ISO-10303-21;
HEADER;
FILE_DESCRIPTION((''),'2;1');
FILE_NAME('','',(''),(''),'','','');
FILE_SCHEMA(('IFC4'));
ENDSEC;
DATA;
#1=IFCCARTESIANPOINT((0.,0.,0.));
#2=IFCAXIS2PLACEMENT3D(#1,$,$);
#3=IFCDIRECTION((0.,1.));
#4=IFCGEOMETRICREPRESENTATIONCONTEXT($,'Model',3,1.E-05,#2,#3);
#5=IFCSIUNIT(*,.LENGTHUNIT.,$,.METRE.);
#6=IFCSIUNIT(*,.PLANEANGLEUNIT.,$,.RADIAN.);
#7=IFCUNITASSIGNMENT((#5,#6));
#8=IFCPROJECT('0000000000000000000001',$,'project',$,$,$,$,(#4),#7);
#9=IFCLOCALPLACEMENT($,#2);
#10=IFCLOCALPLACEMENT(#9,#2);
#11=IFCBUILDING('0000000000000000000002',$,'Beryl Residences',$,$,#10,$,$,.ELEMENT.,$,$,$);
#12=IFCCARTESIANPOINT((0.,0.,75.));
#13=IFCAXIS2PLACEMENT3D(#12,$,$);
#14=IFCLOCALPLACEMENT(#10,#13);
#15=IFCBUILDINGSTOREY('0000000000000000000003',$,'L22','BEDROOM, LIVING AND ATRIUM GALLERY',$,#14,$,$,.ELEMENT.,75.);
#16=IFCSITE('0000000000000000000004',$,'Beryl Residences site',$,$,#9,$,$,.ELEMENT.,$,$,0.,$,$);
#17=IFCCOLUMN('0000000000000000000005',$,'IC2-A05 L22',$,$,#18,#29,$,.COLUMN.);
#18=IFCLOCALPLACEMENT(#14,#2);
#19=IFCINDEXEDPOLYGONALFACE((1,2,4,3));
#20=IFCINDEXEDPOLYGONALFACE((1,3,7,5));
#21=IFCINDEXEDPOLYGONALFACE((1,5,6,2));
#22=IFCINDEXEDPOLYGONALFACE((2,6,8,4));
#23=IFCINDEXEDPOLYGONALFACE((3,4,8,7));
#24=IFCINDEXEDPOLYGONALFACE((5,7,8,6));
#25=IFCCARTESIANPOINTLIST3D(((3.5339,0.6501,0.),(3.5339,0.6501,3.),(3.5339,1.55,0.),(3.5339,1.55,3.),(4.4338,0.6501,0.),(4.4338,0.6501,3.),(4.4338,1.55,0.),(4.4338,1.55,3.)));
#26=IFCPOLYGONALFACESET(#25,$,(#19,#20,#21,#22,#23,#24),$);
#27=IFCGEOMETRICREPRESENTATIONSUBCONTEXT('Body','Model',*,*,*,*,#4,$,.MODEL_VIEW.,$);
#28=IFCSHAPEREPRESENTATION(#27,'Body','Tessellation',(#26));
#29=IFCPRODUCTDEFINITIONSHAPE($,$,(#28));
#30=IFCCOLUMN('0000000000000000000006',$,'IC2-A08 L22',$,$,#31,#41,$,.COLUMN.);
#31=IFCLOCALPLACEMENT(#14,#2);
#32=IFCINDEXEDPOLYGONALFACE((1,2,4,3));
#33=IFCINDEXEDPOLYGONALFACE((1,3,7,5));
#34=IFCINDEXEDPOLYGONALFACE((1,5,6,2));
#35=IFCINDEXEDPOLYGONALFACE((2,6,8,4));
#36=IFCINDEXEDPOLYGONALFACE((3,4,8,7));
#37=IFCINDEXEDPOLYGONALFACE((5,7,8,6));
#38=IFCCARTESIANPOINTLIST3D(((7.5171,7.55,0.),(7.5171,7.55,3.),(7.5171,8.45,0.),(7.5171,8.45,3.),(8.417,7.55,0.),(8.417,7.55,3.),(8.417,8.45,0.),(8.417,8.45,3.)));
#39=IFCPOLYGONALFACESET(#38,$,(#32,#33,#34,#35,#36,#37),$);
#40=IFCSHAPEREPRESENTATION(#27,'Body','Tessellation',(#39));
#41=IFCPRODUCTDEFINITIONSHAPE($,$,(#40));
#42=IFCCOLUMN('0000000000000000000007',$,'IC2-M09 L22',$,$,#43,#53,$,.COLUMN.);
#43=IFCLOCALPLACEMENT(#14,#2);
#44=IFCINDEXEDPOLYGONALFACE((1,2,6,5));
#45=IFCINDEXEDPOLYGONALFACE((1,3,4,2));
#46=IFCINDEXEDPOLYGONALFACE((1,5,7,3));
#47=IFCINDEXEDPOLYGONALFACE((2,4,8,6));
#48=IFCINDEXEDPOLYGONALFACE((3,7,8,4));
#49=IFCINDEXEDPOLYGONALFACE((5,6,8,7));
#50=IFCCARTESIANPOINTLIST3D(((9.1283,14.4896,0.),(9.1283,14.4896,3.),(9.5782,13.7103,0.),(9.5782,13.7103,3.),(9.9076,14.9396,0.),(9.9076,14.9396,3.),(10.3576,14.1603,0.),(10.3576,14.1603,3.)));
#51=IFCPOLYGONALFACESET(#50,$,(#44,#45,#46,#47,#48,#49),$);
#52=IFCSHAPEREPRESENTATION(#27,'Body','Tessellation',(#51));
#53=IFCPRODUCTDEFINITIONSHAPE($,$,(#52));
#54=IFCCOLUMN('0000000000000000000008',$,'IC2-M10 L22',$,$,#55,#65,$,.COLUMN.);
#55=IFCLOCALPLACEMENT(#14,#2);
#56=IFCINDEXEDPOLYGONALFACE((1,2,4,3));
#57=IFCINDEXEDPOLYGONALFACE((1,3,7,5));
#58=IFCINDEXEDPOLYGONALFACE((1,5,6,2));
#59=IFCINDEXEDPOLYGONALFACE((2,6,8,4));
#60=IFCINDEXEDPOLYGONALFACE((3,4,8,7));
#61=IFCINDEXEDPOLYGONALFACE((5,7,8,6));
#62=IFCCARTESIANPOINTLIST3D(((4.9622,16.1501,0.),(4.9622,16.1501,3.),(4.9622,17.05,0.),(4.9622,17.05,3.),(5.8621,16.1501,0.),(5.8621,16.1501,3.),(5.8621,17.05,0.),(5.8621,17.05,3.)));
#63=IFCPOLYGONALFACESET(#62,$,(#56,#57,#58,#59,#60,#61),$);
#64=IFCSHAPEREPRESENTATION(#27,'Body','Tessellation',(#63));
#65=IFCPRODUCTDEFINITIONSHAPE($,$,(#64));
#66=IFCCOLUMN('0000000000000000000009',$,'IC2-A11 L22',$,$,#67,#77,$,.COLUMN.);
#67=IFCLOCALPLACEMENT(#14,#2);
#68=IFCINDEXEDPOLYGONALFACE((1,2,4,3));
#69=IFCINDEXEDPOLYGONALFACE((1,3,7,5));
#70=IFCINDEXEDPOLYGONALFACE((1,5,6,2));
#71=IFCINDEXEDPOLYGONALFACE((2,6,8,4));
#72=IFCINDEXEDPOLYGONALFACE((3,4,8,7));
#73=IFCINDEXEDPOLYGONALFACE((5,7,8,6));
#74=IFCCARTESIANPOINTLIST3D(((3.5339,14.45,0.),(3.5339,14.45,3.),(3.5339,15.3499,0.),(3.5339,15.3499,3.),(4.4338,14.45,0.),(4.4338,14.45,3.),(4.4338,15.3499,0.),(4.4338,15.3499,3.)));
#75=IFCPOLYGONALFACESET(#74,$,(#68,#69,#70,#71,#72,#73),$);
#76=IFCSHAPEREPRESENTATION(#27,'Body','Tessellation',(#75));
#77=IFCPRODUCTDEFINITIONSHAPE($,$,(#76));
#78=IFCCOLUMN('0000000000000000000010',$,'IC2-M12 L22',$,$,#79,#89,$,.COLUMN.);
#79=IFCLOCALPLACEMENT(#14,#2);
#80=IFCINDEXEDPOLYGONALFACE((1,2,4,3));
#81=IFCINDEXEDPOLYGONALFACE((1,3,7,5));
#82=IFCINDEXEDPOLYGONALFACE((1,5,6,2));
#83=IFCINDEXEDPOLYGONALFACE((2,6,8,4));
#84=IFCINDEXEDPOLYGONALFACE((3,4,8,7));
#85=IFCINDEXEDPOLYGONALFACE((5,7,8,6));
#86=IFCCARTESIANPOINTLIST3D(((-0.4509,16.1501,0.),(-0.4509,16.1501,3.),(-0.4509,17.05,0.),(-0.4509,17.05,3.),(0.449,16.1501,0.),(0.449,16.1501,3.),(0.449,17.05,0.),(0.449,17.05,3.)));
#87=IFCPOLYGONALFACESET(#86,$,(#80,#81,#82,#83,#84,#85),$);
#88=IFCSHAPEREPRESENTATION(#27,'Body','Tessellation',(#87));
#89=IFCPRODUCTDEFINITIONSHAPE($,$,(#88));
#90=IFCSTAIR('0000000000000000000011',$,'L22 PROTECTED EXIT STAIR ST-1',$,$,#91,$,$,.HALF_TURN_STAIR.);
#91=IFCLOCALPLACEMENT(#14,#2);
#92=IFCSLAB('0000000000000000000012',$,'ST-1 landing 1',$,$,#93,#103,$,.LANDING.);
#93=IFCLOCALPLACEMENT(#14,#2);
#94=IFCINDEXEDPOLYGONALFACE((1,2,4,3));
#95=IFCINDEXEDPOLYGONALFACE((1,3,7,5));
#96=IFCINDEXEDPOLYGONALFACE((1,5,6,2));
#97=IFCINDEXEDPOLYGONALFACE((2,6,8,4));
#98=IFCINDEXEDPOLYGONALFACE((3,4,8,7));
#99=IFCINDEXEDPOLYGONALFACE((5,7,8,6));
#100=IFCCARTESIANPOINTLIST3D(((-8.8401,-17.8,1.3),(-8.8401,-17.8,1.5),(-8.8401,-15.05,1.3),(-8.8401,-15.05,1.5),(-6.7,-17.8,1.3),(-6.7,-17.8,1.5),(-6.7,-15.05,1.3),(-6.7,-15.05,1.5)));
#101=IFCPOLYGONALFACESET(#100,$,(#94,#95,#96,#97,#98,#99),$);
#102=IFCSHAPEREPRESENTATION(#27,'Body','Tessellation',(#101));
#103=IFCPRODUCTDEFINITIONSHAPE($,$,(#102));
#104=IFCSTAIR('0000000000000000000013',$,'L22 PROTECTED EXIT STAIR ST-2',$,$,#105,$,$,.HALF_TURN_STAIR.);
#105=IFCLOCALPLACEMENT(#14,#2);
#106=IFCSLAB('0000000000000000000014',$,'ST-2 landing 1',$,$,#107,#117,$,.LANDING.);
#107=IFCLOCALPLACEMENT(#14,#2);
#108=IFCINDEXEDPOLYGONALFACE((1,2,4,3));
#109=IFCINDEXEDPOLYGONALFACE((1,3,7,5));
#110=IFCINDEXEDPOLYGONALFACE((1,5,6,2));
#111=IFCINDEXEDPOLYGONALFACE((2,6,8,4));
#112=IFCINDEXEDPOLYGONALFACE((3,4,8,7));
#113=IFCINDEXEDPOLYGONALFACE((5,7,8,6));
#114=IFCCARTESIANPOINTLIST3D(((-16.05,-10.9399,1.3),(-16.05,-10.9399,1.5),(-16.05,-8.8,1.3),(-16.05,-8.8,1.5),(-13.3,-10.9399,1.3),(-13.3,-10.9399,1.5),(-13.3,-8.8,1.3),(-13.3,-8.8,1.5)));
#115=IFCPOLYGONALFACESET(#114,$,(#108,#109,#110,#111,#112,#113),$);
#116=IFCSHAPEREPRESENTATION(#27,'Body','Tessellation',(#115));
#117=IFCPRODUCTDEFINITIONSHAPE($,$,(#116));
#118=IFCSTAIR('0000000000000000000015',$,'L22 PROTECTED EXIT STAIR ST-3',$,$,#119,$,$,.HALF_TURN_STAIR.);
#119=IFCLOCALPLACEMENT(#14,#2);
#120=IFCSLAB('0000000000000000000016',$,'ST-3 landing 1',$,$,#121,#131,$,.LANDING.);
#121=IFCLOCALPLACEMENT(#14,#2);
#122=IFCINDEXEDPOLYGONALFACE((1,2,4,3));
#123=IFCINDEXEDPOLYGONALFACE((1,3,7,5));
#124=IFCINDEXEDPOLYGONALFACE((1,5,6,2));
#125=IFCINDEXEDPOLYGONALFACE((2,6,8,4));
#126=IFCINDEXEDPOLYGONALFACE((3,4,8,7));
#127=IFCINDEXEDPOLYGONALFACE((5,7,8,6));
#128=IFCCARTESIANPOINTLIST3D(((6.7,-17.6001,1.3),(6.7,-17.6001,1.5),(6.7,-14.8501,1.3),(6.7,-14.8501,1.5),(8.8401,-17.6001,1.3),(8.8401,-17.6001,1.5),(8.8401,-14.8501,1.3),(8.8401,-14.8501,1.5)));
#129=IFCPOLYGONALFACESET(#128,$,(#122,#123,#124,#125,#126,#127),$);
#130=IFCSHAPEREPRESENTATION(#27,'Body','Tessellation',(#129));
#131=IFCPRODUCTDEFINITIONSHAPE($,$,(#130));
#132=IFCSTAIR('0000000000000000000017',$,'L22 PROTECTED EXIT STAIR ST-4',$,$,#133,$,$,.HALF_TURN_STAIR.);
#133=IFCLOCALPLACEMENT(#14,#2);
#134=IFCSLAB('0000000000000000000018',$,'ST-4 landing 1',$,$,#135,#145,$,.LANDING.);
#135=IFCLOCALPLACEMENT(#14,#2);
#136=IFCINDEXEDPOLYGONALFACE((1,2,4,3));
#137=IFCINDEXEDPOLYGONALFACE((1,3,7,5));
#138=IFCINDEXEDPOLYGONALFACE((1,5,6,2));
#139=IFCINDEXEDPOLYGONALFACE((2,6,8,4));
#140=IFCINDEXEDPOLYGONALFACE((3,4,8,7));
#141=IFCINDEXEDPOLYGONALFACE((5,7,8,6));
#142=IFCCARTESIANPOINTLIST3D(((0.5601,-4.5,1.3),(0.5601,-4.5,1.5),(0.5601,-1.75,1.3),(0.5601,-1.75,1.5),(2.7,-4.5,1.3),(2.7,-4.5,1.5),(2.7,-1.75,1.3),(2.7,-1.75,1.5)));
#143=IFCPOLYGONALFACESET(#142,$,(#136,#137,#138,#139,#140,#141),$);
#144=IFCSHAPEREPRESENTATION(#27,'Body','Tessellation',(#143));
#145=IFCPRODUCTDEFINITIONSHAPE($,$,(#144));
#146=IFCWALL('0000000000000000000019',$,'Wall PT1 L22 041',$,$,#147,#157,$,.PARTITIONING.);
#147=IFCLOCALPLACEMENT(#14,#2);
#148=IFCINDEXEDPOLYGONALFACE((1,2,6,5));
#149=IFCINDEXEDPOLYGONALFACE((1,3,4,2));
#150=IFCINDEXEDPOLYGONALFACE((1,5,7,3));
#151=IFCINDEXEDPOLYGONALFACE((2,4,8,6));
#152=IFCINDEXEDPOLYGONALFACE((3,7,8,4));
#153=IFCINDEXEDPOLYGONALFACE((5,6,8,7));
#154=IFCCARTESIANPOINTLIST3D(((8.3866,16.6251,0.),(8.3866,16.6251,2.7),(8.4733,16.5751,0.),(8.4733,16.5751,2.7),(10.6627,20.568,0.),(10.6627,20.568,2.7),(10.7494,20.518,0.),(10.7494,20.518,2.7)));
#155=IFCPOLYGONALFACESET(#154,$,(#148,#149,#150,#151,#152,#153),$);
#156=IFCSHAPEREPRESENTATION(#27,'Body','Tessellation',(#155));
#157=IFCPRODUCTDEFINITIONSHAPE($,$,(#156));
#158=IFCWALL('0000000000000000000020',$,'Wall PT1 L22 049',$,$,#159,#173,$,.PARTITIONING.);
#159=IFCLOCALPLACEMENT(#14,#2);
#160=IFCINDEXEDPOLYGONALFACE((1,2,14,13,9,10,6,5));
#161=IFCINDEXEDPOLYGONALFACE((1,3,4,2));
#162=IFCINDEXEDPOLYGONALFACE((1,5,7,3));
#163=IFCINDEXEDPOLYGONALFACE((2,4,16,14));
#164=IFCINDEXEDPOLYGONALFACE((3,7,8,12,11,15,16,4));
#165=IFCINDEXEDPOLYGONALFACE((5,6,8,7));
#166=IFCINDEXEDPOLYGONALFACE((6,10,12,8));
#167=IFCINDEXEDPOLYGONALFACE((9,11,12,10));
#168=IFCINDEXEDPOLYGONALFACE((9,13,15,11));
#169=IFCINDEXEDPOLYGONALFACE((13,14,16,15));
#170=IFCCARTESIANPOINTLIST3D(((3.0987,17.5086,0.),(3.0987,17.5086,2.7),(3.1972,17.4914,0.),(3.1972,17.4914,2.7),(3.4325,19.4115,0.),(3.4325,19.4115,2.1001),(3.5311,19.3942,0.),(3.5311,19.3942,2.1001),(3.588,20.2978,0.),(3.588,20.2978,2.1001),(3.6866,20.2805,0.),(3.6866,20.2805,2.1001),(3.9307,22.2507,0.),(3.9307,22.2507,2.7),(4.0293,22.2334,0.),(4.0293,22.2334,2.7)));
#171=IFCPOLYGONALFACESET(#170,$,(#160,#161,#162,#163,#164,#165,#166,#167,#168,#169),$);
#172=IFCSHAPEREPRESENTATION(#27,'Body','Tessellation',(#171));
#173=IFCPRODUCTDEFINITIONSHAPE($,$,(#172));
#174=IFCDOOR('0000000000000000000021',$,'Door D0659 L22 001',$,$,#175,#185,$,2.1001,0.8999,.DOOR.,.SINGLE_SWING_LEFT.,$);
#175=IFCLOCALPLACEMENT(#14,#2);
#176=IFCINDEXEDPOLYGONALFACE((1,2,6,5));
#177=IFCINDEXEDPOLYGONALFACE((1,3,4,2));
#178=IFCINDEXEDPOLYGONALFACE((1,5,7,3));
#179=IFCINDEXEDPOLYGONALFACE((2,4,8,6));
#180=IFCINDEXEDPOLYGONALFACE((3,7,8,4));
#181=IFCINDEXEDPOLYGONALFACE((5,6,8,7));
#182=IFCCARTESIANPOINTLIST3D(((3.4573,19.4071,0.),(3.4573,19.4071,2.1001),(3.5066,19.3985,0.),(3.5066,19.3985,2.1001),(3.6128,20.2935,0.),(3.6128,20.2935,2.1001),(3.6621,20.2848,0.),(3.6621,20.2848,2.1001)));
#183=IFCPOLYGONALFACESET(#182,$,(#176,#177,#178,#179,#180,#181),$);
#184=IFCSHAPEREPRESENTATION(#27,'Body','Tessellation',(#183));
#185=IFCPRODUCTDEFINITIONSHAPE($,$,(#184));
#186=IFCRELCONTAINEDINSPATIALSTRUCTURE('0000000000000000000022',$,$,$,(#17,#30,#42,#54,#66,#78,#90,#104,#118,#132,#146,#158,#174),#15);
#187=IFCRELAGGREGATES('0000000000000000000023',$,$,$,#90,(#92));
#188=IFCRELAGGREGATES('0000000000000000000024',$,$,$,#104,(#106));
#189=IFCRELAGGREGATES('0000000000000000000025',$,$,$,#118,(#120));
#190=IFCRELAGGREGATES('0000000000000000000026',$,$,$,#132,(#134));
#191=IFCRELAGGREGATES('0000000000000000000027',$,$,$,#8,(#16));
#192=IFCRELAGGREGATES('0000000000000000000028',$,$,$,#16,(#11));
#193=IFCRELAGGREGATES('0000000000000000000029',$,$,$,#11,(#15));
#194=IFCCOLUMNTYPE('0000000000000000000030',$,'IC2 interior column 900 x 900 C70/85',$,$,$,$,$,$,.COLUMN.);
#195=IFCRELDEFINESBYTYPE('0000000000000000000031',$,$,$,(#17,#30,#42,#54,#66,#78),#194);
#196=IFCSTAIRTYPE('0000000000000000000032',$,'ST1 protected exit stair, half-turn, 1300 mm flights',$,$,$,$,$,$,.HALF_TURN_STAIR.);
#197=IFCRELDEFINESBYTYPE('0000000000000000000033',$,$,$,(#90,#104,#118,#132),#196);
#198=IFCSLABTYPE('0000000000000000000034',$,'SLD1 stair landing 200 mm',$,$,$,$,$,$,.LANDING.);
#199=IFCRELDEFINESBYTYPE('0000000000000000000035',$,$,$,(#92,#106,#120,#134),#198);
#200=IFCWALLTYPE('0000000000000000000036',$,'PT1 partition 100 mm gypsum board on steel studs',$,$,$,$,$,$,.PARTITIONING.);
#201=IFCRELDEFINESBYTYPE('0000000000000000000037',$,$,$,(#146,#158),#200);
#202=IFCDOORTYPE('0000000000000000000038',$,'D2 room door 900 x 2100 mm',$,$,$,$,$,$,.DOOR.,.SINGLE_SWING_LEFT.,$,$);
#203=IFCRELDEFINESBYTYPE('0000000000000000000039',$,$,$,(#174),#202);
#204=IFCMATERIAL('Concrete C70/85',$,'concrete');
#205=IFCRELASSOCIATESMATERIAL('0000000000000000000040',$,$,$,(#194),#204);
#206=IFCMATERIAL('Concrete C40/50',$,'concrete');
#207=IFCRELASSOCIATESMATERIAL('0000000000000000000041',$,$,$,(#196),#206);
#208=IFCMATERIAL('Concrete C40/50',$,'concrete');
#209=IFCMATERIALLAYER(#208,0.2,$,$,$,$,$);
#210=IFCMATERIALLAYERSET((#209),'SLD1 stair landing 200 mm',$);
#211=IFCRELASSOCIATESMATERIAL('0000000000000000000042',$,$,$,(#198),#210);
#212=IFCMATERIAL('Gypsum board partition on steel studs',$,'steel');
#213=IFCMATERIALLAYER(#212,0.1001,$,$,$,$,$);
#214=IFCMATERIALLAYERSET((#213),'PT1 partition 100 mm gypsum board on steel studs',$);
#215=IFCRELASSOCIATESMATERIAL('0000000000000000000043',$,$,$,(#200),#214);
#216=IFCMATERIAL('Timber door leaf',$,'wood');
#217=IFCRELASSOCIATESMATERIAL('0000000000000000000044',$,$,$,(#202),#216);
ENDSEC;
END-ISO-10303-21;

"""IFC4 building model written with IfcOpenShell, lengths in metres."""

from ifc_helpers import new_model, si_unit, direction, frame, frame_2d, origin, origin_2d, place, context, subcontext, project, spatial, polyline, rectangle, outline, extrude, material, layer, layer_set, material_profile, profile_set, type_object, element, fill, aggregate, save


model = new_model("IFC4")

# Units and contexts
model_context = context("Model", 3, precision=1e-05, world=origin(), true_north=direction((0.0, 1.0)))
body_context = subcontext(model_context, "Body", "Model", "MODEL_VIEW")
ifc_project = project(units=[si_unit("LENGTHUNIT", "METRE"), si_unit("PLANEANGLEUNIT", "RADIAN")], contexts=[model_context])

# Site, building, storey
site_placement = place(None, origin())
site = spatial("IfcSite", under=ifc_project, at=site_placement, Name="Beryl Residences site", CompositionType="ELEMENT", RefElevation=0.0)
building_placement = place(site_placement, origin())
building = spatial("IfcBuilding", under=site, at=building_placement, Name="Beryl Residences", CompositionType="ELEMENT")
storey_placement = place(building_placement, frame((0.0, 0.0, 75.0)))
storey = spatial("IfcBuildingStorey", under=building, at=storey_placement, Name="L22", Description="BEDROOM, LIVING AND ATRIUM GALLERY", CompositionType="ELEMENT", Elevation=75.0)

# Columns
ifc_material_1 = material(Name="Concrete C70/85", Category="concrete")
ifc_material_profile = material_profile(ifc_material_1, rectangle(XDim=0.8999, YDim=0.8999, at=origin_2d()))
ifc_profile_set = profile_set([ifc_material_profile], Name="Concrete C70/85")
column_type = type_object("IfcColumnType", Name="IC2 interior column 900 x 900 C70/85", PredefinedType="COLUMN", material=ifc_profile_set)
for number, where, z_axis, x_axis, name in (
    (1, (3.9839, 1.1001, 0.0), (0.0, 0.0, 1.0), (1.0, 0.0, 0.0), "IC2-A05 L22"),
    (2, (7.967, 8.0, 0.0), (0.0, 0.0, 1.0), (1.0, 0.0, 0.0), "IC2-A08 L22"),
    (3, (9.7429, 14.325, 0.0), (0.0, 0.0, 1.0), (-0.5, 0.866025, 0.0), "IC2-M09 L22"),
    (4, (5.4121, 16.6001, 0.0), (0.0, 0.0, 1.0), (-1.0, 0.0, 0.0), "IC2-M10 L22"),
    (5, (3.9839, 14.8999, 0.0), (0.0, 0.0, 1.0), (1.0, 0.0, 0.0), "IC2-A11 L22"),
    (6, (-0.001, 16.6001, 0.0), (0.0, 0.0, 1.0), (-1.0, 0.0, 0.0), "IC2-M12 L22"),
):
    element("IfcColumn", number, at=place(storey_placement, frame(where, z_axis=z_axis, x_axis=x_axis)), inside=storey, type_object=column_type, Name=name, PredefinedType="COLUMN", context=body_context, shape_type="SweptSolid", body=[
        extrude(rectangle(XDim=0.8999, YDim=0.8999, at=origin_2d()), origin(), (0.0, 0.0, 1.0), 3.0),
    ])

# Stairs, slabs
ifc_material_2 = material(Name="Concrete C40/50", Category="concrete")
stair_type = type_object("IfcStairType", Name="ST1 protected exit stair, half-turn, 1300 mm flights", PredefinedType="HALF_TURN_STAIR", material=ifc_material_2)
stair_1_placement = place(storey_placement, origin())
stair_1 = element("IfcStair", 7, at=stair_1_placement, inside=storey, type_object=stair_type, Name="L22 PROTECTED EXIT STAIR ST-1", PredefinedType="HALF_TURN_STAIR")
ifc_material_3 = material(Name="Concrete C40/50", Category="concrete")
ifc_layer_1 = layer(ifc_material_3, 0.2)
ifc_layer_set_1 = layer_set([ifc_layer_1], Name="SLD1 stair landing 200 mm")
slab_type_1 = type_object("IfcSlabType", Name="SLD1 stair landing 200 mm", PredefinedType="LANDING", material=ifc_layer_set_1)
slab_1_placement = place(storey_placement, frame((0.0, 0.0, 1.3)))
slab_1 = element("IfcSlab", 8, at=slab_1_placement, type_object=slab_type_1, Name="ST-1 landing 1", PredefinedType="LANDING", context=body_context, shape_type="SweptSolid", body=[
    extrude(outline(polyline([(-8.8401, -17.8), (-6.7, -17.8), (-6.7, -15.05), (-8.8401, -15.05), (-8.8401, -17.8)])), origin(), (0.0, 0.0, 1.0), 0.2),
])
aggregate(stair_1, [slab_1])
stair_2_placement = place(storey_placement, origin())
stair_2 = element("IfcStair", 9, at=stair_2_placement, inside=storey, type_object=stair_type, Name="L22 PROTECTED EXIT STAIR ST-2", PredefinedType="HALF_TURN_STAIR")
slab_2_placement = place(storey_placement, frame((0.0, 0.0, 1.3)))
slab_2 = element("IfcSlab", 10, at=slab_2_placement, type_object=slab_type_1, Name="ST-2 landing 1", PredefinedType="LANDING", context=body_context, shape_type="SweptSolid", body=[
    extrude(outline(polyline([(-13.3, -10.9399), (-13.3, -8.8), (-16.05, -8.8), (-16.05, -10.9399), (-13.3, -10.9399)])), origin(), (0.0, 0.0, 1.0), 0.2),
])
aggregate(stair_2, [slab_2])
stair_3_placement = place(storey_placement, origin())
stair_3 = element("IfcStair", 11, at=stair_3_placement, inside=storey, type_object=stair_type, Name="L22 PROTECTED EXIT STAIR ST-3", PredefinedType="HALF_TURN_STAIR")
slab_3_placement = place(storey_placement, frame((0.0, 0.0, 1.3)))
slab_3 = element("IfcSlab", 12, at=slab_3_placement, type_object=slab_type_1, Name="ST-3 landing 1", PredefinedType="LANDING", context=body_context, shape_type="SweptSolid", body=[
    extrude(outline(polyline([(8.8401, -14.8501), (6.7, -14.8501), (6.7, -17.6001), (8.8401, -17.6001), (8.8401, -14.8501)])), origin(), (0.0, 0.0, 1.0), 0.2),
])
aggregate(stair_3, [slab_3])
stair_4_placement = place(storey_placement, origin())
stair_4 = element("IfcStair", 13, at=stair_4_placement, inside=storey, type_object=stair_type, Name="L22 PROTECTED EXIT STAIR ST-4", PredefinedType="HALF_TURN_STAIR")
slab_4_placement = place(storey_placement, frame((0.0, 0.0, 1.3)))
slab_4 = element("IfcSlab", 14, at=slab_4_placement, type_object=slab_type_1, Name="ST-4 landing 1", PredefinedType="LANDING", context=body_context, shape_type="SweptSolid", body=[
    extrude(outline(polyline([(0.5601, -4.5), (2.7, -4.5), (2.7, -1.75), (0.5601, -1.75), (0.5601, -4.5)])), origin(), (0.0, 0.0, 1.0), 0.2),
])
aggregate(stair_4, [slab_4])

# Wall
ifc_material_4 = material(Name="Gypsum board partition on steel studs", Category="steel")
ifc_layer_2 = layer(ifc_material_4, 0.1001)
ifc_layer_set_2 = layer_set([ifc_layer_2], Name="PT1 partition 100 mm gypsum board on steel studs")
wall_type_1 = type_object("IfcWallType", Name="PT1 partition 100 mm gypsum board on steel studs", PredefinedType="PARTITIONING", material=ifc_layer_set_2)
wall_1_placement = place(storey_placement, frame((8.4299, 16.6001, 0.0), z_axis=(0.0, 0.0, 1.0), x_axis=(0.499951, 0.866053, 0.0)))
element("IfcWall", 15, at=wall_1_placement, inside=storey, type_object=wall_type_1, Name="Wall PT1 L22 041", PredefinedType="PARTITIONING", context=body_context, shape_type="SweptSolid", body=[
    extrude(rectangle(XDim=4.5527, YDim=0.1001, at=frame_2d((2.2764, 0.0))), origin(), (0.0, 0.0, 1.0), 2.7),
])

# Wall, opening, door
wall_2_placement = place(storey_placement, frame((3.1479, 17.5, 0.0), z_axis=(0.0, 0.0, 1.0), x_axis=(0.172822, 0.984953, 0.0)))
wall_2 = element("IfcWall", 16, at=wall_2_placement, inside=storey, type_object=wall_type_1, Name="Wall PT1 L22 049", PredefinedType="PARTITIONING", context=body_context, shape_type="SweptSolid", body=[
    extrude(rectangle(XDim=4.8145, YDim=0.1001, at=frame_2d((2.4072, 0.0))), origin(), (0.0, 0.0, 1.0), 2.7),
])
opening_1_placement = place(wall_2_placement, frame((1.9319, 0.0, 0.0)))
opening_1 = element("IfcOpeningElement", 17, at=opening_1_placement, cuts=wall_2, PredefinedType="OPENING", context=body_context, shape_type="SweptSolid", body=[
    extrude(rectangle(XDim=0.8999, YDim=2.1001, at=frame_2d((0.45, 1.05))), frame((0.0, 0.0601, 0.0), z_axis=(0.0, -1.0, 0.0), x_axis=(1.0, 0.0, 0.0)), (0.0, 0.0, 1.0), 0.1201),
])
ifc_material_5 = material(Name="Timber door leaf", Category="wood")
door_type_1 = type_object("IfcDoorType", Name="D2 room door 900 x 2100 mm", OperationType="SINGLE_SWING_LEFT", PredefinedType="DOOR", material=ifc_material_5)
door_1_placement = place(opening_1_placement, origin())
door_1 = element("IfcDoor", 18, at=door_1_placement, inside=storey, type_object=door_type_1, Name="Door D0659 L22 001", OperationType="SINGLE_SWING_LEFT", OverallHeight=2.1001, OverallWidth=0.8999, PredefinedType="DOOR", context=body_context, shape_type="SweptSolid", body=[
    extrude(rectangle(XDim=0.8999, YDim=2.1001, at=frame_2d((0.45, 1.05))), frame((0.0, 0.0249, 0.0), z_axis=(0.0, -1.0, 0.0), x_axis=(1.0, 0.0, 0.0)), (0.0, 0.0, 1.0), 0.05),
])
fill(opening_1, door_1)

save(model, "model.ifc")
